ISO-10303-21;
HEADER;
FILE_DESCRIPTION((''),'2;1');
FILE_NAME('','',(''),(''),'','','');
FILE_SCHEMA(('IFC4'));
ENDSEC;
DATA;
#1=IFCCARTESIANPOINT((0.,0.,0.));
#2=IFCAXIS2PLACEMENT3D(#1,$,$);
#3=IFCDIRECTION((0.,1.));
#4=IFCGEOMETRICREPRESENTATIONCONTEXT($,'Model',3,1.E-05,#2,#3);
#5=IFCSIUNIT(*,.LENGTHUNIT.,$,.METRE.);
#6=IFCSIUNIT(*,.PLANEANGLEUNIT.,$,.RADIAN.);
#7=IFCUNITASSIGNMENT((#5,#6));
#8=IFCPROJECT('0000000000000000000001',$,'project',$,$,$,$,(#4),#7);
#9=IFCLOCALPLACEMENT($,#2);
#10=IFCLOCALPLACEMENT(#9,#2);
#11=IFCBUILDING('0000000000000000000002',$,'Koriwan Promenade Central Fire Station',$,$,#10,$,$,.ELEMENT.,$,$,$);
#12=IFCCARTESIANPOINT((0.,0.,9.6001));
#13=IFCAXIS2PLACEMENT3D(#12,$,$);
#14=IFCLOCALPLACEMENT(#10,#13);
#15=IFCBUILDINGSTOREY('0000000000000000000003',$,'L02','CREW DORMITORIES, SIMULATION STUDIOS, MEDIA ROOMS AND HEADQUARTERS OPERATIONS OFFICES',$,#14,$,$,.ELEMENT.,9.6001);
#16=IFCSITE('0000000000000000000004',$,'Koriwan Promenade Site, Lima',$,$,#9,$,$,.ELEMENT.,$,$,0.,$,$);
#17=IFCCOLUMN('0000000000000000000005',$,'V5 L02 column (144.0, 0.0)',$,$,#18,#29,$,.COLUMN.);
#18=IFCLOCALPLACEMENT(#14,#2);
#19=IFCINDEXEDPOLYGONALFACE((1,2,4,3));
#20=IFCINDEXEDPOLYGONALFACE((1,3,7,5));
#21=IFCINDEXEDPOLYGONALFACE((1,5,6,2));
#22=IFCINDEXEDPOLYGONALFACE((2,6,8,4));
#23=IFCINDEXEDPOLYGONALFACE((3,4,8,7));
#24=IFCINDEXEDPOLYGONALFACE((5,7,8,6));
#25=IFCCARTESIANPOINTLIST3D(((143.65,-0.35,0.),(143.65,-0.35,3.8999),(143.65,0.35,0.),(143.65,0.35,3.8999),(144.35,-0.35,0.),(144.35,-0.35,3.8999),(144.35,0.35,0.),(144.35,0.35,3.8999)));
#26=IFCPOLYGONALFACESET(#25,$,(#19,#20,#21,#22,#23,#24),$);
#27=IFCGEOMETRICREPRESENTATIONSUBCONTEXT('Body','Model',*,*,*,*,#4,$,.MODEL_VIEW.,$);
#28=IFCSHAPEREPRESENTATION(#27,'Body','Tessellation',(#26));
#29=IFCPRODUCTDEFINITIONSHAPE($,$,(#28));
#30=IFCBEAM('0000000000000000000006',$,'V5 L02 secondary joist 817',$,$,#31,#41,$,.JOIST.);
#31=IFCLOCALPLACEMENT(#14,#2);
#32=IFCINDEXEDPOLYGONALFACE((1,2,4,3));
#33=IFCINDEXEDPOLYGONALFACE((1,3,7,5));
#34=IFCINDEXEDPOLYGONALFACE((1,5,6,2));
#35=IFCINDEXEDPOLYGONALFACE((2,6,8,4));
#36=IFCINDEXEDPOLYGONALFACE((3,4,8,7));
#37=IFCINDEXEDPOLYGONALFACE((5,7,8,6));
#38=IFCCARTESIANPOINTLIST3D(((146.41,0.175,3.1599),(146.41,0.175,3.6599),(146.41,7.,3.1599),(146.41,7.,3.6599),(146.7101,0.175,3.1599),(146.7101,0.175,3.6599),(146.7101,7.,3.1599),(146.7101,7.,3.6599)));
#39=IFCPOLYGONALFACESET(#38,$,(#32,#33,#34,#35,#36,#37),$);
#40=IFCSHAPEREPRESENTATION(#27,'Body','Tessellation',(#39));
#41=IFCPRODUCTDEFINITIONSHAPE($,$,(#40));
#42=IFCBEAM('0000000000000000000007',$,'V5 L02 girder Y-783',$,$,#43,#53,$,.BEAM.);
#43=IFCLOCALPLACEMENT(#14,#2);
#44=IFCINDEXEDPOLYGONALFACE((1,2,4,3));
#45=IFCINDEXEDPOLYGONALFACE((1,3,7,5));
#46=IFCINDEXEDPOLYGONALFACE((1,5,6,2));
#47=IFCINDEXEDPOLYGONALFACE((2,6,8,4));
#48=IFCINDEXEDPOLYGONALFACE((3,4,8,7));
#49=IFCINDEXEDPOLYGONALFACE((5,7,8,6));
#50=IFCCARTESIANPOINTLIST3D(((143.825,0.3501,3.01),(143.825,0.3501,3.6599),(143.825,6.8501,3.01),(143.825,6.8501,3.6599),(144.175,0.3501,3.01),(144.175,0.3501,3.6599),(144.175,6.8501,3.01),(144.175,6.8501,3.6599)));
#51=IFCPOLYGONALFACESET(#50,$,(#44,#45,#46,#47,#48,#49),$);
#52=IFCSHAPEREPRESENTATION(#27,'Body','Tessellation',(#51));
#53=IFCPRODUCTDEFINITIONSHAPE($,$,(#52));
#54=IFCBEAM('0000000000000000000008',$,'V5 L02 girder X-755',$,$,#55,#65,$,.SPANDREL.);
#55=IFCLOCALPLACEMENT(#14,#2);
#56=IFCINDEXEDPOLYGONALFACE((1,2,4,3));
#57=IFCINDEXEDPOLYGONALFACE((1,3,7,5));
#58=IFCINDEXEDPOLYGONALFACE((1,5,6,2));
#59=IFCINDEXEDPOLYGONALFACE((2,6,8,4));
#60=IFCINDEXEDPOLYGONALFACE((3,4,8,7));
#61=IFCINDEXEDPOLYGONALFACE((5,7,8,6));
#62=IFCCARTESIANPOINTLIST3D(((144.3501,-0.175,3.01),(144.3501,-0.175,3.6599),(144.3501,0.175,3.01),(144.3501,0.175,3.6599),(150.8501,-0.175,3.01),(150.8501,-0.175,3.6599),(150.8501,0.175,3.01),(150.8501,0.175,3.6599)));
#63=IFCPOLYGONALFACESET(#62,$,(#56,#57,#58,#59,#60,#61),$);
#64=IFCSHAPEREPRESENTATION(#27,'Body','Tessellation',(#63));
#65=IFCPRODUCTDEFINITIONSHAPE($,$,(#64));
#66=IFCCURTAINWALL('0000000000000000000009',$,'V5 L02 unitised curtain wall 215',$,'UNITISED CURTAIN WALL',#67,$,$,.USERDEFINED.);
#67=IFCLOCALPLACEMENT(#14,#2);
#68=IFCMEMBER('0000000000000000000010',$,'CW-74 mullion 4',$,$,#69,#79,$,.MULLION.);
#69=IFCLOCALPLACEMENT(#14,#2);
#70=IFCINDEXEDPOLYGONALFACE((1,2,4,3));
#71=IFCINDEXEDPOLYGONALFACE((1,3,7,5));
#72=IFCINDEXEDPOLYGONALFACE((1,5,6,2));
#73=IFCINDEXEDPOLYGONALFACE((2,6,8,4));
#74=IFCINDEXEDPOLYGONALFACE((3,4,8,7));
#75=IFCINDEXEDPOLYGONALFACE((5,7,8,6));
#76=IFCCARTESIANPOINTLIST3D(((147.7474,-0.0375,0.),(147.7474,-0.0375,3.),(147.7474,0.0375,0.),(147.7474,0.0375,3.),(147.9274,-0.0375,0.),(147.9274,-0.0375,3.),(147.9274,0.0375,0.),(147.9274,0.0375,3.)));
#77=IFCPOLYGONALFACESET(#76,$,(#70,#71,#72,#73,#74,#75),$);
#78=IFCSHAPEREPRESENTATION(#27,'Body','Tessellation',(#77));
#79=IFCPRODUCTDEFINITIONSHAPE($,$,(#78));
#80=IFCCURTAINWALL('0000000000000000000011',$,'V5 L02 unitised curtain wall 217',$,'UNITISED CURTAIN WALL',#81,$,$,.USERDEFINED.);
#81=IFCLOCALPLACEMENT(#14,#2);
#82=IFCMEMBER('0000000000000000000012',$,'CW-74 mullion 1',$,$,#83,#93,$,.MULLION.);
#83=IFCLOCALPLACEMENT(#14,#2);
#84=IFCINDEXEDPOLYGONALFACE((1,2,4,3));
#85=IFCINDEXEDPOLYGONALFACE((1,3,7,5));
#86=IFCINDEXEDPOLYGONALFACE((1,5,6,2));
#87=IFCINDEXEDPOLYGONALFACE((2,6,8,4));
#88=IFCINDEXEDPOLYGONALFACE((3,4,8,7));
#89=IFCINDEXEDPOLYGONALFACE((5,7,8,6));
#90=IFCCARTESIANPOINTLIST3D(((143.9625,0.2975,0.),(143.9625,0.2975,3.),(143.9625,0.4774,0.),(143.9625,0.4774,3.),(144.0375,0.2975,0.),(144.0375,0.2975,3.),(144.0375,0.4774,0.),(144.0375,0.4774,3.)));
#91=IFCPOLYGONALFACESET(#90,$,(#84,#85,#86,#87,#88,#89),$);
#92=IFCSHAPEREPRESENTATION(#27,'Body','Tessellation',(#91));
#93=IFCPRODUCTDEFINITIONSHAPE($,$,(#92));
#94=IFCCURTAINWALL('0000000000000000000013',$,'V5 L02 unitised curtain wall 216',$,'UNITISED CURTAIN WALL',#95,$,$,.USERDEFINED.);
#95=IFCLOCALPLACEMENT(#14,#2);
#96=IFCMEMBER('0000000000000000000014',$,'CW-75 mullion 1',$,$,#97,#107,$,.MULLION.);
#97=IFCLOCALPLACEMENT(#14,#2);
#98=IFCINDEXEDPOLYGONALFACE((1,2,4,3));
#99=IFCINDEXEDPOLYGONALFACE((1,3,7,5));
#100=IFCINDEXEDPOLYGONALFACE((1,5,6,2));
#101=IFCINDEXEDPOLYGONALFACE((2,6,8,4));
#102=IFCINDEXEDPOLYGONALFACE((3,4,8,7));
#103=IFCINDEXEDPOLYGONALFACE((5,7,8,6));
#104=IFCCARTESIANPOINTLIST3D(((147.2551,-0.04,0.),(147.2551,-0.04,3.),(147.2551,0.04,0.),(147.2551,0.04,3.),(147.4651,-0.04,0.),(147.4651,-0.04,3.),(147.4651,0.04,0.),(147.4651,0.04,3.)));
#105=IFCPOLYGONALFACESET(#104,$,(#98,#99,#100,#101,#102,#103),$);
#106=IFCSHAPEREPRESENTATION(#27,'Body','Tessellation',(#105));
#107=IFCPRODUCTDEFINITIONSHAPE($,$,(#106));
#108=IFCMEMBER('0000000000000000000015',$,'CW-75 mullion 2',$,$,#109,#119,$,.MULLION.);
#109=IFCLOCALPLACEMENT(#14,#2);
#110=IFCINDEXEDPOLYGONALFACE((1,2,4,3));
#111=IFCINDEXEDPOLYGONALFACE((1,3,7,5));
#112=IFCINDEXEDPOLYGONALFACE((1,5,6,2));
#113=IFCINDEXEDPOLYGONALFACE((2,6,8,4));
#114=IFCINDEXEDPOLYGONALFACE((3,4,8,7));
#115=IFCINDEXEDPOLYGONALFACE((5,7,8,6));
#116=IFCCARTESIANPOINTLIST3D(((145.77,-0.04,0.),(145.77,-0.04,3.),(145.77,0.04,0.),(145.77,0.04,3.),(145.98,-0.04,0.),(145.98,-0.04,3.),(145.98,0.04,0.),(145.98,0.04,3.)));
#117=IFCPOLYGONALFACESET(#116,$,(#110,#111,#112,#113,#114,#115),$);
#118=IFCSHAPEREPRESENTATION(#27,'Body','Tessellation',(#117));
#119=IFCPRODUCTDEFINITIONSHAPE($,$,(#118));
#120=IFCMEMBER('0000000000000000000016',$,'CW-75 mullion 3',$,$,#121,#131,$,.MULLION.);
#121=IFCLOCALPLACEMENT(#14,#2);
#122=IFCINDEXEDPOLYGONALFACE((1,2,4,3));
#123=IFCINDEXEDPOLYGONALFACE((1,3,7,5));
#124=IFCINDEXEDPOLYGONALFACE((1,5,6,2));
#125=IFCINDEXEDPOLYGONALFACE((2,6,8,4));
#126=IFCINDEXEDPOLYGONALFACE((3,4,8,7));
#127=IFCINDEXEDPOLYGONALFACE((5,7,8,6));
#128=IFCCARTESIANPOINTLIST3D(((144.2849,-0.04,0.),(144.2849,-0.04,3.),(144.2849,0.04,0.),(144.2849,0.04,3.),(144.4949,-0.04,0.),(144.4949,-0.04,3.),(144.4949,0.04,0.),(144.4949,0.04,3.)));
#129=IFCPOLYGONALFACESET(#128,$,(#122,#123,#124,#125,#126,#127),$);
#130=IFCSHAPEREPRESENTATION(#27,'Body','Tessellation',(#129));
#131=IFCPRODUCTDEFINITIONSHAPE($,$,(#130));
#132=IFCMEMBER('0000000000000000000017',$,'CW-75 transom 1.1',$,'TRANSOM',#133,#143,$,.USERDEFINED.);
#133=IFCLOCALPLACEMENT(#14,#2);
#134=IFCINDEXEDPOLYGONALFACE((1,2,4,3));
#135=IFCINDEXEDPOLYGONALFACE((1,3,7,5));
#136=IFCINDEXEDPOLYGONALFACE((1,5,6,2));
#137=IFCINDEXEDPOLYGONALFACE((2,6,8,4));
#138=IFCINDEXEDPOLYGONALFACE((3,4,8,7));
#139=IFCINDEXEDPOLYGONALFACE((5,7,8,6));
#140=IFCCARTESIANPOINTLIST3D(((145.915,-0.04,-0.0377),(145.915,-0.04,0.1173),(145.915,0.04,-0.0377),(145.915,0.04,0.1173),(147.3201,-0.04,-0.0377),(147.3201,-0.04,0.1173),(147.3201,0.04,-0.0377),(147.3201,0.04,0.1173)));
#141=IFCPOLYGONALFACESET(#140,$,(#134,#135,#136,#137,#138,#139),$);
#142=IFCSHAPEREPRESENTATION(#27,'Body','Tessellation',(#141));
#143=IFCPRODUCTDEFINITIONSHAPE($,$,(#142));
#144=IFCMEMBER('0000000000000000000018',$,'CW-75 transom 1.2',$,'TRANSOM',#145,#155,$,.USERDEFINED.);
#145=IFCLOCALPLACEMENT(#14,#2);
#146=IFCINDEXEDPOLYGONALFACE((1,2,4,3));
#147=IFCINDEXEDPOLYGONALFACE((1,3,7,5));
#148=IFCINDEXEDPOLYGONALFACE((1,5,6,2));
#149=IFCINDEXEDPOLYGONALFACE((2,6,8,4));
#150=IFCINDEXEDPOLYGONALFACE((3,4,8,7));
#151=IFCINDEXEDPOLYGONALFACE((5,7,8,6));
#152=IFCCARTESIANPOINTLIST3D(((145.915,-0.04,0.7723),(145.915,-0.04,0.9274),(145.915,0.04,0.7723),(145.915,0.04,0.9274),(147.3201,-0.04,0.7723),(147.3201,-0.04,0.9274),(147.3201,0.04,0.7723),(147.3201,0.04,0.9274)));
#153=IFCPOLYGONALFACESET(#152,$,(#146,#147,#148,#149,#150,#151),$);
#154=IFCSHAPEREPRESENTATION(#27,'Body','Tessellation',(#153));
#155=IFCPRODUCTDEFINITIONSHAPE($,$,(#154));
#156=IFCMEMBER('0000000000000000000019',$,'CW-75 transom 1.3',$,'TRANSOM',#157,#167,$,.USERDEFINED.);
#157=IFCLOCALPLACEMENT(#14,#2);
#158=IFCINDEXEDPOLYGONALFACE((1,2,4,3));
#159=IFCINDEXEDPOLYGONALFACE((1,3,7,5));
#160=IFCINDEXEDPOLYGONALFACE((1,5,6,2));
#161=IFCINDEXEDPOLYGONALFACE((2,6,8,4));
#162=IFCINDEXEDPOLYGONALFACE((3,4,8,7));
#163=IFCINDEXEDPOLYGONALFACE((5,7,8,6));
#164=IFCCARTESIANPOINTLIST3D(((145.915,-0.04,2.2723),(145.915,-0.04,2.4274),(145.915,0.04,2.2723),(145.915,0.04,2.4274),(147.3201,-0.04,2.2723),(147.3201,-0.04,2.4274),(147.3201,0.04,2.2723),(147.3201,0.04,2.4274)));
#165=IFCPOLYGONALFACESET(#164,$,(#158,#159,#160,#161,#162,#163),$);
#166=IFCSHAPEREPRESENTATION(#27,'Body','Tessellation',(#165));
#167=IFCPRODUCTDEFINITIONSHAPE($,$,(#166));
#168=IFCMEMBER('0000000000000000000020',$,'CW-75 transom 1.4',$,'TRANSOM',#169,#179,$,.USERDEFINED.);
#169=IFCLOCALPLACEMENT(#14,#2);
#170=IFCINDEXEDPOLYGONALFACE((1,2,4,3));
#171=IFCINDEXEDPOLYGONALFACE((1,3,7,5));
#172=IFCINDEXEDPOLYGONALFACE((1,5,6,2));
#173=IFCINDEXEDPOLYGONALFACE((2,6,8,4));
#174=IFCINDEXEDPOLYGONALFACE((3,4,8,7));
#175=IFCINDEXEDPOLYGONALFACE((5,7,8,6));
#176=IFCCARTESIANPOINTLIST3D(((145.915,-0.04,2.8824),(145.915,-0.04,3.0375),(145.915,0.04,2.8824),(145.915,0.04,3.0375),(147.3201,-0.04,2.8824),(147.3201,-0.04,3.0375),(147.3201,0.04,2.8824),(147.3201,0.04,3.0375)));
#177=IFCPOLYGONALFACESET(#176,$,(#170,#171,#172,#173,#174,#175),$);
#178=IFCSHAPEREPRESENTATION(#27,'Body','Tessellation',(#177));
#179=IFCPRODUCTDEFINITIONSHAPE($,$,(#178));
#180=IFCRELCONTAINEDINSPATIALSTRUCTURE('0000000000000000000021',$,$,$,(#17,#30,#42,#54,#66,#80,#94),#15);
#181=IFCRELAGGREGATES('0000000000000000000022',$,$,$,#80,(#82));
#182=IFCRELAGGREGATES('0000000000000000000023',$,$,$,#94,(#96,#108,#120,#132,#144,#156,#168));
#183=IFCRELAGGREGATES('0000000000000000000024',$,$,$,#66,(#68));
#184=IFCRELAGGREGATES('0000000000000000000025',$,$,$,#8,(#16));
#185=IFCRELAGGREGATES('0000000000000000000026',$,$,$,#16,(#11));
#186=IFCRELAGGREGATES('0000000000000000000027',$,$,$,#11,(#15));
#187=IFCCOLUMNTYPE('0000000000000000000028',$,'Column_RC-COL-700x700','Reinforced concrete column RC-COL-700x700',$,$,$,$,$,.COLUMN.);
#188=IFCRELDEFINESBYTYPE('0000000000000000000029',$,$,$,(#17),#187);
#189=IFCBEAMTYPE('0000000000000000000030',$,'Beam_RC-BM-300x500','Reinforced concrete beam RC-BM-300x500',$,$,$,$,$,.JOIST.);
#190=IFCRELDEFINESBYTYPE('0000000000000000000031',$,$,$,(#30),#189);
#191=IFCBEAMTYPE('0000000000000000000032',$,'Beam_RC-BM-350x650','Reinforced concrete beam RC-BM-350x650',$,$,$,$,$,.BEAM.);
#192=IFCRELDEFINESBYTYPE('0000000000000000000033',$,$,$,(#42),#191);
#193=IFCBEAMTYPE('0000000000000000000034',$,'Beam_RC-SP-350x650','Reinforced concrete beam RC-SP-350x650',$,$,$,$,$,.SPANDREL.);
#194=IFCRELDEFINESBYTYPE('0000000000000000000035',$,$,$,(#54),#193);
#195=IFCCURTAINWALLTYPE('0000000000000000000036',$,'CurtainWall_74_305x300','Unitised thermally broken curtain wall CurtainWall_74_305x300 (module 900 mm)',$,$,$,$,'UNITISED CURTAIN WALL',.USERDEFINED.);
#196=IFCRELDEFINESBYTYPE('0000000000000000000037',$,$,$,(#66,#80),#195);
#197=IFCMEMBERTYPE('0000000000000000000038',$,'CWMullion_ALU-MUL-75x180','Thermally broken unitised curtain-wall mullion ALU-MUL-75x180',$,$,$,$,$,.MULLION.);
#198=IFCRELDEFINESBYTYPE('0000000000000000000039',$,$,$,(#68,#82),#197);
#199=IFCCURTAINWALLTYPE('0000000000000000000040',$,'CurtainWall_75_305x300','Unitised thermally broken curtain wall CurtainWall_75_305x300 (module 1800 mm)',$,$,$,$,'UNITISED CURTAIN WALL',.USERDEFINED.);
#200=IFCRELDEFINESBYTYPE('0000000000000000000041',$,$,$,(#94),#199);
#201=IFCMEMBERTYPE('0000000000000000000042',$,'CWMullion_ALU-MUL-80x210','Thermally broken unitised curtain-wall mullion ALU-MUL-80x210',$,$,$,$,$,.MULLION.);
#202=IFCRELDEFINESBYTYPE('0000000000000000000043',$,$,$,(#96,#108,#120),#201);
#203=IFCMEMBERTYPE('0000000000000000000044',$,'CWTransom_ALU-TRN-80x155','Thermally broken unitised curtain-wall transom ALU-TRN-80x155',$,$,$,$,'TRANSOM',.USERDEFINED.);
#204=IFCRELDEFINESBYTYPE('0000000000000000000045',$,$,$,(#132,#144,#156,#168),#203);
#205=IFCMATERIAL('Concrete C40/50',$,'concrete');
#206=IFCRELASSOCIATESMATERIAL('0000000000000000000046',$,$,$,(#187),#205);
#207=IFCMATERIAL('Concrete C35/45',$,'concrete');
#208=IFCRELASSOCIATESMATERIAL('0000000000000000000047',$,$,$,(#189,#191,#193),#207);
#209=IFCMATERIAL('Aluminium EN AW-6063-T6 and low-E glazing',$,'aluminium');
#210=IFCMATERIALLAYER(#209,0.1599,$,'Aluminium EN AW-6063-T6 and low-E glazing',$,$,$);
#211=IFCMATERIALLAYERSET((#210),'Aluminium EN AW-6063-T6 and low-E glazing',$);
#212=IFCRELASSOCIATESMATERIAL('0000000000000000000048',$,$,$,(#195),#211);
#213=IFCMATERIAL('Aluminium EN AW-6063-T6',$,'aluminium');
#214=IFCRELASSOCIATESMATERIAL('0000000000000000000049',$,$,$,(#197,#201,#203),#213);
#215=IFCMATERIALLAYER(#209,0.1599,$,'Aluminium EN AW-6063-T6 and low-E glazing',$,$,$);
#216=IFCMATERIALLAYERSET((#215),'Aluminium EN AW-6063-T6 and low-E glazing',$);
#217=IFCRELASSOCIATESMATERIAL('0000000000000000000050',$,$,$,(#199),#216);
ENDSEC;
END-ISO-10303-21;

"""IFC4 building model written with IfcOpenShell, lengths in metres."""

from ifc_helpers import new_model, si_unit, direction, frame, origin, origin_2d, place, context, subcontext, project, spatial, rectangle, extrude, material, layer, layer_set, material_profile, profile_set, type_object, element, aggregate, save


model = new_model("IFC4")

# Units and contexts
model_context = context("Model", 3, precision=1e-05, world=origin(), true_north=direction((0.0, 1.0)))
body_context = subcontext(model_context, "Body", "Model", "MODEL_VIEW")
ifc_project = project(units=[si_unit("LENGTHUNIT", "METRE"), si_unit("PLANEANGLEUNIT", "RADIAN")], contexts=[model_context])

# Site, building, storey
site_placement = place(None, origin())
site = spatial("IfcSite", under=ifc_project, at=site_placement, Name="Koriwan Promenade Site, Lima", CompositionType="ELEMENT", RefElevation=0.0)
building_placement = place(site_placement, origin())
building = spatial("IfcBuilding", under=site, at=building_placement, Name="Koriwan Promenade Central Fire Station", CompositionType="ELEMENT")
storey_placement = place(building_placement, frame((0.0, 0.0, 9.6001)))
storey = spatial("IfcBuildingStorey", under=building, at=storey_placement, Name="L02", Description="CREW DORMITORIES, SIMULATION STUDIOS, MEDIA ROOMS AND HEADQUARTERS OPERATIONS OFFICES", CompositionType="ELEMENT", Elevation=9.6001)

# Column
ifc_material_1 = material(Name="Concrete C40/50", Category="concrete")
ifc_material_profile_1 = material_profile(ifc_material_1, rectangle(XDim=0.7, YDim=0.7, at=origin_2d()), Name="RC-COL-700x700")
ifc_profile_set_1 = profile_set([ifc_material_profile_1], Name="Concrete C40/50")
column_type = type_object("IfcColumnType", Name="Column_RC-COL-700x700", Description="Reinforced concrete column RC-COL-700x700", PredefinedType="COLUMN", material=ifc_profile_set_1)
column_placement = place(storey_placement, frame((144.0, 0.0, 0.0), z_axis=(0.0, 0.0, 1.0), x_axis=(1.0, 0.0, 0.0)))
element("IfcColumn", 1, at=column_placement, inside=storey, type_object=column_type, Name="V5 L02 column (144.0, 0.0)", PredefinedType="COLUMN", context=body_context, shape_type="SweptSolid", body=[
    extrude(rectangle(XDim=0.7, YDim=0.7, at=origin_2d()), origin(), (0.0, 0.0, 1.0), 3.8999),
])

# Beams
ifc_material_2 = material(Name="Concrete C35/45", Category="concrete")
ifc_material_profile_2 = material_profile(ifc_material_2, rectangle(XDim=0.3, YDim=0.5, at=origin_2d()), Name="RC-BM-300x500")
ifc_profile_set_2 = profile_set([ifc_material_profile_2], Name="Concrete C35/45")
beam_type_1 = type_object("IfcBeamType", Name="Beam_RC-BM-300x500", Description="Reinforced concrete beam RC-BM-300x500", PredefinedType="JOIST", material=ifc_profile_set_2)
beam_1_placement = place(storey_placement, frame((146.5601, 0.175, 3.4099), z_axis=(0.0, 1.0, 0.0), x_axis=(-1.0, 0.0, 0.0)))
element("IfcBeam", 2, at=beam_1_placement, inside=storey, type_object=beam_type_1, Name="V5 L02 secondary joist 817", PredefinedType="JOIST", context=body_context, shape_type="SweptSolid", body=[
    extrude(rectangle(XDim=0.3, YDim=0.5, at=origin_2d()), origin(), (0.0, 0.0, 1.0), 6.825),
])
ifc_material_profile_3 = material_profile(ifc_material_2, rectangle(XDim=0.3501, YDim=0.6499, at=origin_2d()), Name="RC-BM-350x650")
ifc_profile_set_3 = profile_set([ifc_material_profile_3], Name="Concrete C35/45")
beam_type_2 = type_object("IfcBeamType", Name="Beam_RC-BM-350x650", Description="Reinforced concrete beam RC-BM-350x650", PredefinedType="BEAM", material=ifc_profile_set_3)
beam_2_placement = place(storey_placement, frame((144.0, 0.3501, 3.335), z_axis=(0.0, 1.0, 0.0), x_axis=(-1.0, 0.0, 0.0)))
element("IfcBeam", 3, at=beam_2_placement, inside=storey, type_object=beam_type_2, Name="V5 L02 girder Y-783", PredefinedType="BEAM", context=body_context, shape_type="SweptSolid", body=[
    extrude(rectangle(XDim=0.3501, YDim=0.6499, at=origin_2d()), origin(), (0.0, 0.0, 1.0), 6.5),
])
ifc_material_profile_4 = material_profile(ifc_material_2, rectangle(XDim=0.3501, YDim=0.6499, at=origin_2d()), Name="RC-SP-350x650")
ifc_profile_set_4 = profile_set([ifc_material_profile_4], Name="Concrete C35/45")
beam_type_3 = type_object("IfcBeamType", Name="Beam_RC-SP-350x650", Description="Reinforced concrete beam RC-SP-350x650", PredefinedType="SPANDREL", material=ifc_profile_set_4)
beam_3_placement = place(storey_placement, frame((144.3501, 0.0, 3.335), z_axis=(1.0, 0.0, 0.0), x_axis=(0.0, 1.0, 0.0)))
element("IfcBeam", 4, at=beam_3_placement, inside=storey, type_object=beam_type_3, Name="V5 L02 girder X-755", PredefinedType="SPANDREL", context=body_context, shape_type="SweptSolid", body=[
    extrude(rectangle(XDim=0.3501, YDim=0.6499, at=origin_2d()), origin(), (0.0, 0.0, 1.0), 6.5),
])

# Curtain walls, members
ifc_material_3 = material(Name="Aluminium EN AW-6063-T6 and low-E glazing", Category="aluminium")
ifc_layer_1 = layer(ifc_material_3, 0.1599, Name="Aluminium EN AW-6063-T6 and low-E glazing")
ifc_layer_set_1 = layer_set([ifc_layer_1], Name="Aluminium EN AW-6063-T6 and low-E glazing")
curtain_wall_type_1 = type_object("IfcCurtainWallType", Name="CurtainWall_74_305x300", Description="Unitised thermally broken curtain wall CurtainWall_74_305x300 (module 900 mm)", ElementType="UNITISED CURTAIN WALL", PredefinedType="USERDEFINED", material=ifc_layer_set_1)
curtain_wall_1_placement = place(storey_placement, origin())
curtain_wall_1 = element("IfcCurtainWall", 5, at=curtain_wall_1_placement, inside=storey, type_object=curtain_wall_type_1, Name="V5 L02 unitised curtain wall 215", ObjectType="UNITISED CURTAIN WALL", PredefinedType="USERDEFINED")
ifc_material_4 = material(Name="Aluminium EN AW-6063-T6", Category="aluminium")
ifc_material_profile_5 = material_profile(ifc_material_4, rectangle(XDim=0.075, YDim=0.1799, at=origin_2d()), Name="ALU-MUL-75x180")
ifc_profile_set_5 = profile_set([ifc_material_profile_5], Name="Aluminium EN AW-6063-T6")
member_type_1 = type_object("IfcMemberType", Name="CWMullion_ALU-MUL-75x180", Description="Thermally broken unitised curtain-wall mullion ALU-MUL-75x180", PredefinedType="MULLION", material=ifc_profile_set_5)
member_1_placement = place(storey_placement, frame((147.8374, 0.0, 0.0), z_axis=(0.0, 0.0, 1.0), x_axis=(0.0, -1.0, 0.0)))
member_1 = element("IfcMember", 6, at=member_1_placement, type_object=member_type_1, Name="CW-74 mullion 4", PredefinedType="MULLION", context=body_context, shape_type="SweptSolid", body=[
    extrude(rectangle(XDim=0.075, YDim=0.1799, at=origin_2d()), origin(), (0.0, 0.0, 1.0), 3.0),
])
curtain_wall_2_placement = place(storey_placement, origin())
curtain_wall_2 = element("IfcCurtainWall", 7, at=curtain_wall_2_placement, inside=storey, type_object=curtain_wall_type_1, Name="V5 L02 unitised curtain wall 217", ObjectType="UNITISED CURTAIN WALL", PredefinedType="USERDEFINED")
member_2_placement = place(storey_placement, frame((144.0, 0.3875, 0.0), z_axis=(0.0, 0.0, 1.0), x_axis=(-1.0, 0.0, 0.0)))
member_2 = element("IfcMember", 8, at=member_2_placement, type_object=member_type_1, Name="CW-74 mullion 1", PredefinedType="MULLION", context=body_context, shape_type="SweptSolid", body=[
    extrude(rectangle(XDim=0.075, YDim=0.1799, at=origin_2d()), origin(), (0.0, 0.0, 1.0), 3.0),
])
aggregate(curtain_wall_2, [member_2])

# Curtain wall, members
ifc_layer_2 = layer(ifc_material_3, 0.1599, Name="Aluminium EN AW-6063-T6 and low-E glazing")
ifc_layer_set_2 = layer_set([ifc_layer_2], Name="Aluminium EN AW-6063-T6 and low-E glazing")
curtain_wall_type_2 = type_object("IfcCurtainWallType", Name="CurtainWall_75_305x300", Description="Unitised thermally broken curtain wall CurtainWall_75_305x300 (module 1800 mm)", ElementType="UNITISED CURTAIN WALL", PredefinedType="USERDEFINED", material=ifc_layer_set_2)
curtain_wall_3_placement = place(storey_placement, origin())
curtain_wall_3 = element("IfcCurtainWall", 9, at=curtain_wall_3_placement, inside=storey, type_object=curtain_wall_type_2, Name="V5 L02 unitised curtain wall 216", ObjectType="UNITISED CURTAIN WALL", PredefinedType="USERDEFINED")
ifc_material_profile_6 = material_profile(ifc_material_4, rectangle(XDim=0.0801, YDim=0.21, at=origin_2d()), Name="ALU-MUL-80x210")
ifc_profile_set_6 = profile_set([ifc_material_profile_6], Name="Aluminium EN AW-6063-T6")
member_type_2 = type_object("IfcMemberType", Name="CWMullion_ALU-MUL-80x210", Description="Thermally broken unitised curtain-wall mullion ALU-MUL-80x210", PredefinedType="MULLION", material=ifc_profile_set_6)
member_3_placement = place(storey_placement, frame((147.3601, 0.0, 0.0), z_axis=(0.0, 0.0, 1.0), x_axis=(0.0, -1.0, 0.0)))
member_3 = element("IfcMember", 10, at=member_3_placement, type_object=member_type_2, Name="CW-75 mullion 1", PredefinedType="MULLION", context=body_context, shape_type="SweptSolid", body=[
    extrude(rectangle(XDim=0.0801, YDim=0.21, at=origin_2d()), origin(), (0.0, 0.0, 1.0), 3.0),
])
member_4_placement = place(storey_placement, frame((145.875, 0.0, 0.0), z_axis=(0.0, 0.0, 1.0), x_axis=(0.0, -1.0, 0.0)))
member_4 = element("IfcMember", 11, at=member_4_placement, type_object=member_type_2, Name="CW-75 mullion 2", PredefinedType="MULLION", context=body_context, shape_type="SweptSolid", body=[
    extrude(rectangle(XDim=0.0801, YDim=0.21, at=origin_2d()), origin(), (0.0, 0.0, 1.0), 3.0),
])
member_5_placement = place(storey_placement, frame((144.3899, 0.0, 0.0), z_axis=(0.0, 0.0, 1.0), x_axis=(0.0, -1.0, 0.0)))
member_5 = element("IfcMember", 12, at=member_5_placement, type_object=member_type_2, Name="CW-75 mullion 3", PredefinedType="MULLION", context=body_context, shape_type="SweptSolid", body=[
    extrude(rectangle(XDim=0.0801, YDim=0.21, at=origin_2d()), origin(), (0.0, 0.0, 1.0), 3.0),
])
ifc_material_profile_7 = material_profile(ifc_material_4, rectangle(XDim=0.0801, YDim=0.155, at=origin_2d()), Name="ALU-TRN-80x155")
ifc_profile_set_7 = profile_set([ifc_material_profile_7], Name="Aluminium EN AW-6063-T6")
member_type_3 = type_object("IfcMemberType", Name="CWTransom_ALU-TRN-80x155", Description="Thermally broken unitised curtain-wall transom ALU-TRN-80x155", ElementType="TRANSOM", PredefinedType="USERDEFINED", material=ifc_profile_set_7)
member_6_placement = place(storey_placement, frame((147.3201, 0.0, 0.0398), z_axis=(-1.0, 0.0, 0.0), x_axis=(0.0, -1.0, 0.0)))
member_6 = element("IfcMember", 13, at=member_6_placement, type_object=member_type_3, Name="CW-75 transom 1.1", ObjectType="TRANSOM", PredefinedType="USERDEFINED", context=body_context, shape_type="SweptSolid", body=[
    extrude(rectangle(XDim=0.0801, YDim=0.155, at=origin_2d()), origin(), (0.0, 0.0, 1.0), 1.405),
])
member_7_placement = place(storey_placement, frame((147.3201, 0.0, 0.8499), z_axis=(-1.0, 0.0, 0.0), x_axis=(0.0, -1.0, 0.0)))
member_7 = element("IfcMember", 14, at=member_7_placement, type_object=member_type_3, Name="CW-75 transom 1.2", ObjectType="TRANSOM", PredefinedType="USERDEFINED", context=body_context, shape_type="SweptSolid", body=[
    extrude(rectangle(XDim=0.0801, YDim=0.155, at=origin_2d()), origin(), (0.0, 0.0, 1.0), 1.405),
])
member_8_placement = place(storey_placement, frame((147.3201, 0.0, 2.3499), z_axis=(-1.0, 0.0, 0.0), x_axis=(0.0, -1.0, 0.0)))
member_8 = element("IfcMember", 15, at=member_8_placement, type_object=member_type_3, Name="CW-75 transom 1.3", ObjectType="TRANSOM", PredefinedType="USERDEFINED", context=body_context, shape_type="SweptSolid", body=[
    extrude(rectangle(XDim=0.0801, YDim=0.155, at=origin_2d()), origin(), (0.0, 0.0, 1.0), 1.405),
])
member_9_placement = place(storey_placement, frame((147.3201, 0.0, 2.96), z_axis=(-1.0, 0.0, 0.0), x_axis=(0.0, -1.0, 0.0)))
member_9 = element("IfcMember", 16, at=member_9_placement, type_object=member_type_3, Name="CW-75 transom 1.4", ObjectType="TRANSOM", PredefinedType="USERDEFINED", context=body_context, shape_type="SweptSolid", body=[
    extrude(rectangle(XDim=0.0801, YDim=0.155, at=origin_2d()), origin(), (0.0, 0.0, 1.0), 1.405),
])

aggregate(curtain_wall_3, [member_3, member_4, member_5, member_6, member_7, member_8, member_9])
aggregate(curtain_wall_1, [member_1])

save(model, "model.ifc")
